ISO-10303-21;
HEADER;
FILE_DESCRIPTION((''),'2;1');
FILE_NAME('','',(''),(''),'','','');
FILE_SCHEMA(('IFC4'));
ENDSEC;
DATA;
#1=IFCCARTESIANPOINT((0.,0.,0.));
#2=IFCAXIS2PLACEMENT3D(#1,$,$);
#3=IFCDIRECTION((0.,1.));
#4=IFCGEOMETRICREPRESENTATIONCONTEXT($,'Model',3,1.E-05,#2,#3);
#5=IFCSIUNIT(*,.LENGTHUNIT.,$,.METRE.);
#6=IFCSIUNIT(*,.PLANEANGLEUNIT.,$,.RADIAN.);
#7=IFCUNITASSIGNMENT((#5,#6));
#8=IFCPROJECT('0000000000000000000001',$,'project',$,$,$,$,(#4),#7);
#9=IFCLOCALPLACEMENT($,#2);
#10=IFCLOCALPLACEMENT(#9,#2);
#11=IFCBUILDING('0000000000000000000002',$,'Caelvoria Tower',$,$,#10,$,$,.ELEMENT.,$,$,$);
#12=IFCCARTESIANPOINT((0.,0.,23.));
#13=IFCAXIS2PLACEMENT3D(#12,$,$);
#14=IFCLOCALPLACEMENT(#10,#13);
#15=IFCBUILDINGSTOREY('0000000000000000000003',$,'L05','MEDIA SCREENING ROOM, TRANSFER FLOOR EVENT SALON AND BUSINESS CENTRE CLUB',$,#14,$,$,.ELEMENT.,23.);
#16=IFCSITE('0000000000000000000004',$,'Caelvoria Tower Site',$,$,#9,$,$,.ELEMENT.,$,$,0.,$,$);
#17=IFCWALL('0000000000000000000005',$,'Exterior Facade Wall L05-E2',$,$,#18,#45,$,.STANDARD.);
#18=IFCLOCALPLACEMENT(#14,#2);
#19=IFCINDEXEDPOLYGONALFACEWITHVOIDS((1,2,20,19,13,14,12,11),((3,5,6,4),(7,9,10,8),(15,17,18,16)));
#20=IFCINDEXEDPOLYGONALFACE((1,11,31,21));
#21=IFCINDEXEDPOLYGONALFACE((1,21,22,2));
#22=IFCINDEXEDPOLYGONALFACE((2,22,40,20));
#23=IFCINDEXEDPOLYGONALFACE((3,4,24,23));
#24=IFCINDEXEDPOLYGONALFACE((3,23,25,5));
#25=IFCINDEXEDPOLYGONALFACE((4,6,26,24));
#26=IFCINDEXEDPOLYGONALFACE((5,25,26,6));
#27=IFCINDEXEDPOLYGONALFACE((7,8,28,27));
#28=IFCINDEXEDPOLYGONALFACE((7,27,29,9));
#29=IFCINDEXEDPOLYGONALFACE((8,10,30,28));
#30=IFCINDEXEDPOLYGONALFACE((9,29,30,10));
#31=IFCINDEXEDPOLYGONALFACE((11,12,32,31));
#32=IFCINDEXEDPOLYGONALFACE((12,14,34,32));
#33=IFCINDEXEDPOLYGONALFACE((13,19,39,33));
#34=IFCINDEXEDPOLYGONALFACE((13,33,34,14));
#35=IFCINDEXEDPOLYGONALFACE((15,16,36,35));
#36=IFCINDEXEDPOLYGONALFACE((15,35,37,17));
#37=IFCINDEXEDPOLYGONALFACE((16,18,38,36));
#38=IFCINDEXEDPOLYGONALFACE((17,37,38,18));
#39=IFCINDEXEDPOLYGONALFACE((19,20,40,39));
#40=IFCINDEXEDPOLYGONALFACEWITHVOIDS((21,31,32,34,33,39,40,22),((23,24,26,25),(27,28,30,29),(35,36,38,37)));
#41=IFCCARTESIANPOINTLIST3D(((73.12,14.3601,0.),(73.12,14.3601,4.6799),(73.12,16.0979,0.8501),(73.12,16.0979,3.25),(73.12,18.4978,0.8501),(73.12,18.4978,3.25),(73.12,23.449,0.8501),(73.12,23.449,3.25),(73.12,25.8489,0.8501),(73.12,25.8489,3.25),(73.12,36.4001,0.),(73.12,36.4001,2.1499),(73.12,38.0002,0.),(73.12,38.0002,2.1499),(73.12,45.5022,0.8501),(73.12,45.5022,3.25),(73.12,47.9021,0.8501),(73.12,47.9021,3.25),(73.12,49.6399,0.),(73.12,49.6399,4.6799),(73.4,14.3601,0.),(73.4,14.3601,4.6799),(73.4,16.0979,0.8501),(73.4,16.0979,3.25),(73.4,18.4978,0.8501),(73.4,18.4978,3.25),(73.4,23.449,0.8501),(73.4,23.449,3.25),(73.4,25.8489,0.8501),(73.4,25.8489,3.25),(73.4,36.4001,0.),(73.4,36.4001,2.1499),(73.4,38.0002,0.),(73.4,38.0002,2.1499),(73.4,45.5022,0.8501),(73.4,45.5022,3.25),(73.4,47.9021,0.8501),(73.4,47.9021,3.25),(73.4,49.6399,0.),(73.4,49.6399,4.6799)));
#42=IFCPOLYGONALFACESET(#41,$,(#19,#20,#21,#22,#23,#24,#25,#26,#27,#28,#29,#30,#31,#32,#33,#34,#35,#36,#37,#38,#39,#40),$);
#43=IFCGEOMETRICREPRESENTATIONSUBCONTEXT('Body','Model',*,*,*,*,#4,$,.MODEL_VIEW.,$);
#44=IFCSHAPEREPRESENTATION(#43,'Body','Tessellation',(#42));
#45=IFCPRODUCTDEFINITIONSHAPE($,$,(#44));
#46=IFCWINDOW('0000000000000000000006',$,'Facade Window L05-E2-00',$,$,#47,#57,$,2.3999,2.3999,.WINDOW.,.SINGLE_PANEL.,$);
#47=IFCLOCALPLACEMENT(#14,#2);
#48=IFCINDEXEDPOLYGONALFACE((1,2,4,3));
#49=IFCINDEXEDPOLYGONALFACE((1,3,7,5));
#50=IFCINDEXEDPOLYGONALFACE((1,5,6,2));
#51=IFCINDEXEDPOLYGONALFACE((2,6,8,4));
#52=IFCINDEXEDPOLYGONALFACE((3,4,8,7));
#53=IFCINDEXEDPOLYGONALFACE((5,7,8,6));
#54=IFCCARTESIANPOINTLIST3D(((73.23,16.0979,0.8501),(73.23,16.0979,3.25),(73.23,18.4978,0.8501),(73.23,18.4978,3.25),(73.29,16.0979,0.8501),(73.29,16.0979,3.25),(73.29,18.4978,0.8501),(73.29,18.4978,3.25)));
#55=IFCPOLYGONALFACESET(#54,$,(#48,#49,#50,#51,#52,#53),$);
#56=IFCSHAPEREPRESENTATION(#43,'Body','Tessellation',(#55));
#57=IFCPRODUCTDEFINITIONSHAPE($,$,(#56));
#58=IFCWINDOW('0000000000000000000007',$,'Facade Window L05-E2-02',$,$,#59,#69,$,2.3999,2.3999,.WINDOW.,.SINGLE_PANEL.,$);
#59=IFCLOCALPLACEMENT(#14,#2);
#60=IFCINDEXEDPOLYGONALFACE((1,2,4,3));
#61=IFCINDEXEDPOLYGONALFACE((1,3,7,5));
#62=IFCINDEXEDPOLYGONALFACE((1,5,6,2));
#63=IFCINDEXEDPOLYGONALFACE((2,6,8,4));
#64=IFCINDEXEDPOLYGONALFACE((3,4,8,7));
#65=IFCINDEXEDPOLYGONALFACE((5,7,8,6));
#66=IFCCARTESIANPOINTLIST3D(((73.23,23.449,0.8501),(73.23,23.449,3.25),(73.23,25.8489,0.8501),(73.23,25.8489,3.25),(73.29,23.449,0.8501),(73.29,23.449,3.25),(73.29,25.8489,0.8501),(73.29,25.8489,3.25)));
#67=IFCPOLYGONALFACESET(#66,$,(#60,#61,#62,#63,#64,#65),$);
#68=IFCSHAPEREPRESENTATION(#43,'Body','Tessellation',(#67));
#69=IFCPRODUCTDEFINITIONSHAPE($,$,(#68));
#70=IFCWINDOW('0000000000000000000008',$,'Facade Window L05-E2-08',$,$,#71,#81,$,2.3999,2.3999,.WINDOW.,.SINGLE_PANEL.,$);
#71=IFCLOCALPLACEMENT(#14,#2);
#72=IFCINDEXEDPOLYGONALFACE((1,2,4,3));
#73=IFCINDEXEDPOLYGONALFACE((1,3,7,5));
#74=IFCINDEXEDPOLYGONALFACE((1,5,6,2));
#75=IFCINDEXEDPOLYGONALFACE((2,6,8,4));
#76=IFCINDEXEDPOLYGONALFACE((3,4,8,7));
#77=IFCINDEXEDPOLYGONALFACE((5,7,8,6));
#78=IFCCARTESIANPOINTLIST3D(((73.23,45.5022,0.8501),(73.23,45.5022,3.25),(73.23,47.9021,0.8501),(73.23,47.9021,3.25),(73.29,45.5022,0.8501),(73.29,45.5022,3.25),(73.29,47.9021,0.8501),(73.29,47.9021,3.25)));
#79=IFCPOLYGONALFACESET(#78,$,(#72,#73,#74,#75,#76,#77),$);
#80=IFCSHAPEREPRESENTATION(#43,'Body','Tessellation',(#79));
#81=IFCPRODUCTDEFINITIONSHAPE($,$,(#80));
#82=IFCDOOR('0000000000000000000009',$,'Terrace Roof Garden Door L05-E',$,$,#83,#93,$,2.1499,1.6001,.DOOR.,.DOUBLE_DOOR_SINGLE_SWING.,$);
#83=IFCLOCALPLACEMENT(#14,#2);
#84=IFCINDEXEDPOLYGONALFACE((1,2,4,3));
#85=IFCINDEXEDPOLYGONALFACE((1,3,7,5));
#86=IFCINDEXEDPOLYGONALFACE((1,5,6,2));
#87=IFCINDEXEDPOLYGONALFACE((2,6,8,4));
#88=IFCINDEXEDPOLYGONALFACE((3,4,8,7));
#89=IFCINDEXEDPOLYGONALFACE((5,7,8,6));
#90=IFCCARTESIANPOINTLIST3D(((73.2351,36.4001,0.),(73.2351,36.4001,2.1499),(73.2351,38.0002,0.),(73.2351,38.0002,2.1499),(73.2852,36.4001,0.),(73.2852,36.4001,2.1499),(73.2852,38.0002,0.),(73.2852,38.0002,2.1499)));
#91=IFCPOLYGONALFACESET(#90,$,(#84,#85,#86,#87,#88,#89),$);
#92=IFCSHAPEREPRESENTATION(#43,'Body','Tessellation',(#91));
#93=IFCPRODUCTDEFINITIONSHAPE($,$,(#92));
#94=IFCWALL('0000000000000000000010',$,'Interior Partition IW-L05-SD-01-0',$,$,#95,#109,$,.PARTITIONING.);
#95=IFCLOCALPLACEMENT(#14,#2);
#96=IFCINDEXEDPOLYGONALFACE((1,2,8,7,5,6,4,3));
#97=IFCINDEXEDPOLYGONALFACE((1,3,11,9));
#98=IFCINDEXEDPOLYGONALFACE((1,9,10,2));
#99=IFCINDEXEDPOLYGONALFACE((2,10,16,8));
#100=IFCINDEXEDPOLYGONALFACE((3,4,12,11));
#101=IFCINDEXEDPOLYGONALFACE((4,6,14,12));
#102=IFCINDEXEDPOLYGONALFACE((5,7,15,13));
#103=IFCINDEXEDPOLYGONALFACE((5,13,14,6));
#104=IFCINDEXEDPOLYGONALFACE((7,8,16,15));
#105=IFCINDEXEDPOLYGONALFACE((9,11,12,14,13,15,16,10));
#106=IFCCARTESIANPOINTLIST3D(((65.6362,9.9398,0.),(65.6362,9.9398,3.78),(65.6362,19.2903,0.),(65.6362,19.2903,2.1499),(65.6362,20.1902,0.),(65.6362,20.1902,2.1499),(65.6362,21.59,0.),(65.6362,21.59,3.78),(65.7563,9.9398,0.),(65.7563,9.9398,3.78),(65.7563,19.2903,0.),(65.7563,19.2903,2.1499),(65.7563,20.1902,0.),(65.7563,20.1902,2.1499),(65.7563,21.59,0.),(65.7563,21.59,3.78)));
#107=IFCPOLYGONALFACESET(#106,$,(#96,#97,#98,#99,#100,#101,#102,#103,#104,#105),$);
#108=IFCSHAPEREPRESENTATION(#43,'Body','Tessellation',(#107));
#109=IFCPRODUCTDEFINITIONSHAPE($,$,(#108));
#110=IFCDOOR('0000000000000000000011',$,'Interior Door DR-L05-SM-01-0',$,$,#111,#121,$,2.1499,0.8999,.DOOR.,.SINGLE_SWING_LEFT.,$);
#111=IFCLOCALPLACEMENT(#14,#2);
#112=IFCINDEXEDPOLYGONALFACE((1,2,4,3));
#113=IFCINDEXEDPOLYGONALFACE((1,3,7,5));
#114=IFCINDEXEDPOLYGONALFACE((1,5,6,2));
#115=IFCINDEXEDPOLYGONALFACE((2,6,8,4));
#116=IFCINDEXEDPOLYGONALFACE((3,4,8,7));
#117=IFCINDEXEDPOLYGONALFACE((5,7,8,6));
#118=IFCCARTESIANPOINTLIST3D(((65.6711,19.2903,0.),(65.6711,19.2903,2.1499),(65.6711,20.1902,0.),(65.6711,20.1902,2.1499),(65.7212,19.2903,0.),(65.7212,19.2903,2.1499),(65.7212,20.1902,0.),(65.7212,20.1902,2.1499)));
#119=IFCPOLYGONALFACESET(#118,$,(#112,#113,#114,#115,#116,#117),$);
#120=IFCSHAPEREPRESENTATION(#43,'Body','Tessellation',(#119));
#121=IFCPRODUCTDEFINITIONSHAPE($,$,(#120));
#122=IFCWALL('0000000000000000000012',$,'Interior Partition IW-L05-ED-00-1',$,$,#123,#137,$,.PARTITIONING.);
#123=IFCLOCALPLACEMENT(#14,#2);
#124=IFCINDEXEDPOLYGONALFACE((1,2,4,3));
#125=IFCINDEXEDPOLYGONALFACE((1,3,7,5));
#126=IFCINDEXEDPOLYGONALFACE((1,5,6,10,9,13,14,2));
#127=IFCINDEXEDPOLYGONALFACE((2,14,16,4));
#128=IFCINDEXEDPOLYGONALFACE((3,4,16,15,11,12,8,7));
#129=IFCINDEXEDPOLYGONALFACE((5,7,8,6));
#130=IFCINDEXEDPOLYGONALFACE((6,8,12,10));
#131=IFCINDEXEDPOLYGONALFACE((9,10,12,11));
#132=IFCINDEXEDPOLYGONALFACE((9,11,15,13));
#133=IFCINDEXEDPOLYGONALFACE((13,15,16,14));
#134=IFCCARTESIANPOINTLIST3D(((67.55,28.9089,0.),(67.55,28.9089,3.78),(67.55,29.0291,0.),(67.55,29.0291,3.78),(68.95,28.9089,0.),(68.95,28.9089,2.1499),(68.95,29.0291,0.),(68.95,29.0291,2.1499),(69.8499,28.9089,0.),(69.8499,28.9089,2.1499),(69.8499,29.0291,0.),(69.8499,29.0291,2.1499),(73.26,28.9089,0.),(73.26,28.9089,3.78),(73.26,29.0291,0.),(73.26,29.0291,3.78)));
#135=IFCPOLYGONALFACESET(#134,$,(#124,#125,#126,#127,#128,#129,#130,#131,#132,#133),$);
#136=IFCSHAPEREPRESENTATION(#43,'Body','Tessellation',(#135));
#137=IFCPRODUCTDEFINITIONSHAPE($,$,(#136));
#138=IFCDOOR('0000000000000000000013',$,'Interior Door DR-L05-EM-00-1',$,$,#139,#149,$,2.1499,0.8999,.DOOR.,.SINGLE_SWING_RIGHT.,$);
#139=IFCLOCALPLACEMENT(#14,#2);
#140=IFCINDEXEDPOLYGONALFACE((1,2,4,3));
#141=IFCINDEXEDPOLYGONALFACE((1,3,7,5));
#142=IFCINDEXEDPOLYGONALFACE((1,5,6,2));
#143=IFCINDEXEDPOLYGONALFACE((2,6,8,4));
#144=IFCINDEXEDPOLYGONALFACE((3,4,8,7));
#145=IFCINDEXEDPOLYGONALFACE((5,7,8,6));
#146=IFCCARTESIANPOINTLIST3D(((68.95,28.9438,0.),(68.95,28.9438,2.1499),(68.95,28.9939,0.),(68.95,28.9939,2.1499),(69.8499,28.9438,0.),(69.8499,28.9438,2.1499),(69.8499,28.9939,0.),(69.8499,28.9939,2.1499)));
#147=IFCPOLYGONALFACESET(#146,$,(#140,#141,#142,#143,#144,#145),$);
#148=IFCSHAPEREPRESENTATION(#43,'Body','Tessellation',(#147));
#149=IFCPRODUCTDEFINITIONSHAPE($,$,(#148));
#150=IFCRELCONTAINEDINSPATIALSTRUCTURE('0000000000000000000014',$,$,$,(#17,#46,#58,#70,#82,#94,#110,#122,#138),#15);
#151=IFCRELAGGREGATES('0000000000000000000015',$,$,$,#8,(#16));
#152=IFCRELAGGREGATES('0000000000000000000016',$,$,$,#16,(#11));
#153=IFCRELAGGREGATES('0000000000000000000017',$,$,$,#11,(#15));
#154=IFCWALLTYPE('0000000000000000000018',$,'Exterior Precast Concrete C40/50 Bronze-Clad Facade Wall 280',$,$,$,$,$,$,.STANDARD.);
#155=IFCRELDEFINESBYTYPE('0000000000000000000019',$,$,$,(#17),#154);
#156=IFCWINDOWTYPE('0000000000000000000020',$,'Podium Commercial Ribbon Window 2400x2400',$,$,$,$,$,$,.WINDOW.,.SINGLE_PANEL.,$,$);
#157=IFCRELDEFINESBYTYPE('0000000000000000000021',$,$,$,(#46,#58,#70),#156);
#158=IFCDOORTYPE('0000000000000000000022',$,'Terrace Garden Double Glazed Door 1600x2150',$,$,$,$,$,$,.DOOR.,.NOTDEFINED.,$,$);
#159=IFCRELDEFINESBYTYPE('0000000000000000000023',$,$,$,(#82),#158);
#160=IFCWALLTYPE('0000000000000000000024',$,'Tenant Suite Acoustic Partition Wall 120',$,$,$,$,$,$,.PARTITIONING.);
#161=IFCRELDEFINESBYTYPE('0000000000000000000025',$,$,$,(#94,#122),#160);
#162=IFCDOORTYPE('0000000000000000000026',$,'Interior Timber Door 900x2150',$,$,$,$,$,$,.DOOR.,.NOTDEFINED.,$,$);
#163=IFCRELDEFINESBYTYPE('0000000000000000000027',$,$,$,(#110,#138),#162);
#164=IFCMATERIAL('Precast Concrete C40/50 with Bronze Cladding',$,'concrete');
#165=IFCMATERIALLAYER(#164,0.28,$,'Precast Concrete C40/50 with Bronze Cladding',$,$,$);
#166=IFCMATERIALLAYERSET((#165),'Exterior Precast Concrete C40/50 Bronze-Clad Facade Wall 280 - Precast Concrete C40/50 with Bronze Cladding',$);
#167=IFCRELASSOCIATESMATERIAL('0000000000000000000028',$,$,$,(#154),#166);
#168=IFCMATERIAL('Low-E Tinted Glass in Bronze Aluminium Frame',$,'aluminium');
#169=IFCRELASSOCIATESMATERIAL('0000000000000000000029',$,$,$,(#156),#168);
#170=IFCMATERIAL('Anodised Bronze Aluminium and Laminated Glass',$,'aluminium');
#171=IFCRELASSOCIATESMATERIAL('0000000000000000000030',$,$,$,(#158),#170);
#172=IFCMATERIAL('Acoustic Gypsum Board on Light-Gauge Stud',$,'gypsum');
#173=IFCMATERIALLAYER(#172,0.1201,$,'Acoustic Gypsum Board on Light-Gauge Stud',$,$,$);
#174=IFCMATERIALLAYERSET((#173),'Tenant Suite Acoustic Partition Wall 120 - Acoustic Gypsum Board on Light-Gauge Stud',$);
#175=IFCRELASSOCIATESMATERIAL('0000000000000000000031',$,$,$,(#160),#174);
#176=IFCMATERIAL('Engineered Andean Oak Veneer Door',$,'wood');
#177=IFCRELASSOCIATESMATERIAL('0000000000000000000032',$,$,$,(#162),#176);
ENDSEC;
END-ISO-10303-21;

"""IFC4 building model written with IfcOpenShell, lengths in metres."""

from ifc_helpers import new_model, si_unit, direction, frame, frame_2d, origin, place, context, subcontext, project, spatial, rectangle, extrude, material, layer, layer_set, type_object, element, fill, save


model = new_model("IFC4")

# Units and contexts
model_context = context("Model", 3, precision=1e-05, world=origin(), true_north=direction((0.0, 1.0)))
body_context = subcontext(model_context, "Body", "Model", "MODEL_VIEW")
ifc_project = project(units=[si_unit("LENGTHUNIT", "METRE"), si_unit("PLANEANGLEUNIT", "RADIAN")], contexts=[model_context])

# Site, building, storey
site_placement = place(None, origin())
site = spatial("IfcSite", under=ifc_project, at=site_placement, Name="Caelvoria Tower Site", CompositionType="ELEMENT", RefElevation=0.0)
building_placement = place(site_placement, origin())
building = spatial("IfcBuilding", under=site, at=building_placement, Name="Caelvoria Tower", CompositionType="ELEMENT")
storey_placement = place(building_placement, frame((0.0, 0.0, 23.0)))
storey = spatial("IfcBuildingStorey", under=building, at=storey_placement, Name="L05", Description="MEDIA SCREENING ROOM, TRANSFER FLOOR EVENT SALON AND BUSINESS CENTRE CLUB", CompositionType="ELEMENT", Elevation=23.0)

# Shared definitions
ifc_material_1 = material(Name="Precast Concrete C40/50 with Bronze Cladding", Category="concrete")
ifc_layer_1 = layer(ifc_material_1, 0.28, Name="Precast Concrete C40/50 with Bronze Cladding")
ifc_layer_set_1 = layer_set([ifc_layer_1], Name="Exterior Precast Concrete C40/50 Bronze-Clad Facade Wall 280 - Precast Concrete C40/50 with Bronze Cladding")
wall_type_1 = type_object("IfcWallType", Name="Exterior Precast Concrete C40/50 Bronze-Clad Facade Wall 280", PredefinedType="STANDARD", material=ifc_layer_set_1)
ifc_material_2 = material(Name="Low-E Tinted Glass in Bronze Aluminium Frame", Category="aluminium")

# Wall, openings, windows, door
wall_1_placement = place(storey_placement, frame((73.26, 14.3601, 0.0), z_axis=(0.0, 0.0, 1.0), x_axis=(0.0, 1.0, 0.0)))
wall_1 = element("IfcWall", 1, at=wall_1_placement, inside=storey, type_object=wall_type_1, Name="Exterior Facade Wall L05-E2", PredefinedType="STANDARD", context=body_context, shape_type="SweptSolid", body=[
    extrude(rectangle(XDim=35.2798, YDim=0.28, at=frame_2d((17.6399, 0.0))), origin(), (0.0, 0.0, 1.0), 4.6799),
])
opening_1_placement = place(wall_1_placement, frame((22.04, 0.0, 0.0)))
opening_1 = element("IfcOpeningElement", 2, at=opening_1_placement, cuts=wall_1, PredefinedType="OPENING", context=body_context, shape_type="SweptSolid", body=[
    extrude(rectangle(XDim=1.6001, YDim=2.1499, at=frame_2d((0.8, 1.075))), frame((0.0, 0.1499, 0.0), z_axis=(0.0, -1.0, 0.0), x_axis=(1.0, 0.0, 0.0)), (0.0, 0.0, 1.0), 0.3),
])
opening_2_placement = place(wall_1_placement, frame((1.7378, 0.0, 0.8501)))
opening_2 = element("IfcOpeningElement", 3, at=opening_2_placement, cuts=wall_1, PredefinedType="OPENING", context=body_context, shape_type="SweptSolid", body=[
    extrude(rectangle(XDim=2.3999, YDim=2.3999, at=frame_2d((1.2, 1.2))), frame((0.0, 0.1499, 0.0), z_axis=(0.0, -1.0, 0.0), x_axis=(1.0, 0.0, 0.0)), (0.0, 0.0, 1.0), 0.3),
])
opening_3_placement = place(wall_1_placement, frame((9.0889, 0.0, 0.8501)))
opening_3 = element("IfcOpeningElement", 4, at=opening_3_placement, cuts=wall_1, PredefinedType="OPENING", context=body_context, shape_type="SweptSolid", body=[
    extrude(rectangle(XDim=2.3999, YDim=2.3999, at=frame_2d((1.2, 1.2))), frame((0.0, 0.1499, 0.0), z_axis=(0.0, -1.0, 0.0), x_axis=(1.0, 0.0, 0.0)), (0.0, 0.0, 1.0), 0.3),
])
opening_4_placement = place(wall_1_placement, frame((31.1421, 0.0, 0.8501)))
opening_4 = element("IfcOpeningElement", 5, at=opening_4_placement, cuts=wall_1, PredefinedType="OPENING", context=body_context, shape_type="SweptSolid", body=[
    extrude(rectangle(XDim=2.3999, YDim=2.3999, at=frame_2d((1.2, 1.2))), frame((0.0, 0.1499, 0.0), z_axis=(0.0, -1.0, 0.0), x_axis=(1.0, 0.0, 0.0)), (0.0, 0.0, 1.0), 0.3),
])
window_type_1 = type_object("IfcWindowType", Name="Podium Commercial Ribbon Window 2400x2400", PartitioningType="SINGLE_PANEL", PredefinedType="WINDOW", material=ifc_material_2)
window_1_placement = place(opening_2_placement, origin())
window_1 = element("IfcWindow", 6, at=window_1_placement, inside=storey, type_object=window_type_1, Name="Facade Window L05-E2-00", OverallHeight=2.3999, OverallWidth=2.3999, PartitioningType="SINGLE_PANEL", PredefinedType="WINDOW", context=body_context, shape_type="SweptSolid", body=[
    extrude(rectangle(XDim=2.3999, YDim=2.3999, at=frame_2d((1.2, 1.2))), frame((0.0, 0.03, 0.0), z_axis=(0.0, -1.0, 0.0), x_axis=(1.0, 0.0, 0.0)), (0.0, 0.0, 1.0), 0.0601),
])
fill(opening_2, window_1)
window_2_placement = place(opening_3_placement, origin())
window_2 = element("IfcWindow", 7, at=window_2_placement, inside=storey, type_object=window_type_1, Name="Facade Window L05-E2-02", OverallHeight=2.3999, OverallWidth=2.3999, PartitioningType="SINGLE_PANEL", PredefinedType="WINDOW", context=body_context, shape_type="SweptSolid", body=[
    extrude(rectangle(XDim=2.3999, YDim=2.3999, at=frame_2d((1.2, 1.2))), frame((0.0, 0.03, 0.0), z_axis=(0.0, -1.0, 0.0), x_axis=(1.0, 0.0, 0.0)), (0.0, 0.0, 1.0), 0.0601),
])
fill(opening_3, window_2)
window_3_placement = place(opening_4_placement, origin())
window_3 = element("IfcWindow", 8, at=window_3_placement, inside=storey, type_object=window_type_1, Name="Facade Window L05-E2-08", OverallHeight=2.3999, OverallWidth=2.3999, PartitioningType="SINGLE_PANEL", PredefinedType="WINDOW", context=body_context, shape_type="SweptSolid", body=[
    extrude(rectangle(XDim=2.3999, YDim=2.3999, at=frame_2d((1.2, 1.2))), frame((0.0, 0.03, 0.0), z_axis=(0.0, -1.0, 0.0), x_axis=(1.0, 0.0, 0.0)), (0.0, 0.0, 1.0), 0.0601),
])
fill(opening_4, window_3)
ifc_material_3 = material(Name="Anodised Bronze Aluminium and Laminated Glass", Category="aluminium")
door_type_1 = type_object("IfcDoorType", Name="Terrace Garden Double Glazed Door 1600x2150", OperationType="NOTDEFINED", PredefinedType="DOOR", material=ifc_material_3)
door_1_placement = place(opening_1_placement, origin())
door_1 = element("IfcDoor", 9, at=door_1_placement, inside=storey, type_object=door_type_1, Name="Terrace Roof Garden Door L05-E", OperationType="DOUBLE_DOOR_SINGLE_SWING", OverallHeight=2.1499, OverallWidth=1.6001, PredefinedType="DOOR", context=body_context, shape_type="SweptSolid", body=[
    extrude(rectangle(XDim=1.6001, YDim=2.1499, at=frame_2d((0.8, 1.075))), frame((0.0, 0.0249, 0.0), z_axis=(0.0, -1.0, 0.0), x_axis=(1.0, 0.0, 0.0)), (0.0, 0.0, 1.0), 0.05),
])
fill(opening_1, door_1)

# Walls, openings, doors
ifc_material_4 = material(Name="Acoustic Gypsum Board on Light-Gauge Stud", Category="gypsum")
ifc_layer_2 = layer(ifc_material_4, 0.1201, Name="Acoustic Gypsum Board on Light-Gauge Stud")
ifc_layer_set_2 = layer_set([ifc_layer_2], Name="Tenant Suite Acoustic Partition Wall 120 - Acoustic Gypsum Board on Light-Gauge Stud")
wall_type_2 = type_object("IfcWallType", Name="Tenant Suite Acoustic Partition Wall 120", PredefinedType="PARTITIONING", material=ifc_layer_set_2)
wall_2_placement = place(storey_placement, frame((65.6963, 21.5901, 0.0), z_axis=(0.0, 0.0, 1.0), x_axis=(0.0, -1.0, 0.0)))
wall_2 = element("IfcWall", 10, at=wall_2_placement, inside=storey, type_object=wall_type_2, Name="Interior Partition IW-L05-SD-01-0", PredefinedType="PARTITIONING", context=body_context, shape_type="SweptSolid", body=[
    extrude(rectangle(XDim=11.6501, YDim=0.1201, at=frame_2d((5.8252, 0.0))), origin(), (0.0, 0.0, 1.0), 3.78),
])
opening_5_placement = place(wall_2_placement, frame((1.3999, 0.0, 0.0)))
opening_5 = element("IfcOpeningElement", 11, at=opening_5_placement, cuts=wall_2, PredefinedType="OPENING", context=body_context, shape_type="SweptSolid", body=[
    extrude(rectangle(XDim=0.8999, YDim=2.1499, at=frame_2d((0.45, 1.075))), frame((0.0, 0.0701, 0.0), z_axis=(0.0, -1.0, 0.0), x_axis=(1.0, 0.0, 0.0)), (0.0, 0.0, 1.0), 0.1401),
])
ifc_material_5 = material(Name="Engineered Andean Oak Veneer Door", Category="wood")
door_type_2 = type_object("IfcDoorType", Name="Interior Timber Door 900x2150", OperationType="NOTDEFINED", PredefinedType="DOOR", material=ifc_material_5)
door_2_placement = place(opening_5_placement, origin())
door_2 = element("IfcDoor", 12, at=door_2_placement, inside=storey, type_object=door_type_2, Name="Interior Door DR-L05-SM-01-0", OperationType="SINGLE_SWING_LEFT", OverallHeight=2.1499, OverallWidth=0.8999, PredefinedType="DOOR", context=body_context, shape_type="SweptSolid", body=[
    extrude(rectangle(XDim=0.8999, YDim=2.1499, at=frame_2d((0.45, 1.075))), frame((0.0, 0.0249, 0.0), z_axis=(0.0, -1.0, 0.0), x_axis=(1.0, 0.0, 0.0)), (0.0, 0.0, 1.0), 0.05),
])
fill(opening_5, door_2)
wall_3_placement = place(storey_placement, frame((67.55, 28.969, 0.0), z_axis=(0.0, 0.0, 1.0), x_axis=(1.0, 0.0, 0.0)))
wall_3 = element("IfcWall", 13, at=wall_3_placement, inside=storey, type_object=wall_type_2, Name="Interior Partition IW-L05-ED-00-1", PredefinedType="PARTITIONING", context=body_context, shape_type="SweptSolid", body=[
    extrude(rectangle(XDim=5.71, YDim=0.1201, at=frame_2d((2.855, 0.0))), origin(), (0.0, 0.0, 1.0), 3.78),
])
opening_6_placement = place(wall_3_placement, frame((1.3999, 0.0, 0.0)))
opening_6 = element("IfcOpeningElement", 14, at=opening_6_placement, cuts=wall_3, PredefinedType="OPENING", context=body_context, shape_type="SweptSolid", body=[
    extrude(rectangle(XDim=0.8999, YDim=2.1499, at=frame_2d((0.45, 1.075))), frame((0.0, 0.0701, 0.0), z_axis=(0.0, -1.0, 0.0), x_axis=(1.0, 0.0, 0.0)), (0.0, 0.0, 1.0), 0.1401),
])
door_3_placement = place(opening_6_placement, origin())
door_3 = element("IfcDoor", 15, at=door_3_placement, inside=storey, type_object=door_type_2, Name="Interior Door DR-L05-EM-00-1", OperationType="SINGLE_SWING_RIGHT", OverallHeight=2.1499, OverallWidth=0.8999, PredefinedType="DOOR", context=body_context, shape_type="SweptSolid", body=[
    extrude(rectangle(XDim=0.8999, YDim=2.1499, at=frame_2d((0.45, 1.075))), frame((0.0, 0.0249, 0.0), z_axis=(0.0, -1.0, 0.0), x_axis=(1.0, 0.0, 0.0)), (0.0, 0.0, 1.0), 0.05),
])
fill(opening_6, door_3)

save(model, "model.ifc")
